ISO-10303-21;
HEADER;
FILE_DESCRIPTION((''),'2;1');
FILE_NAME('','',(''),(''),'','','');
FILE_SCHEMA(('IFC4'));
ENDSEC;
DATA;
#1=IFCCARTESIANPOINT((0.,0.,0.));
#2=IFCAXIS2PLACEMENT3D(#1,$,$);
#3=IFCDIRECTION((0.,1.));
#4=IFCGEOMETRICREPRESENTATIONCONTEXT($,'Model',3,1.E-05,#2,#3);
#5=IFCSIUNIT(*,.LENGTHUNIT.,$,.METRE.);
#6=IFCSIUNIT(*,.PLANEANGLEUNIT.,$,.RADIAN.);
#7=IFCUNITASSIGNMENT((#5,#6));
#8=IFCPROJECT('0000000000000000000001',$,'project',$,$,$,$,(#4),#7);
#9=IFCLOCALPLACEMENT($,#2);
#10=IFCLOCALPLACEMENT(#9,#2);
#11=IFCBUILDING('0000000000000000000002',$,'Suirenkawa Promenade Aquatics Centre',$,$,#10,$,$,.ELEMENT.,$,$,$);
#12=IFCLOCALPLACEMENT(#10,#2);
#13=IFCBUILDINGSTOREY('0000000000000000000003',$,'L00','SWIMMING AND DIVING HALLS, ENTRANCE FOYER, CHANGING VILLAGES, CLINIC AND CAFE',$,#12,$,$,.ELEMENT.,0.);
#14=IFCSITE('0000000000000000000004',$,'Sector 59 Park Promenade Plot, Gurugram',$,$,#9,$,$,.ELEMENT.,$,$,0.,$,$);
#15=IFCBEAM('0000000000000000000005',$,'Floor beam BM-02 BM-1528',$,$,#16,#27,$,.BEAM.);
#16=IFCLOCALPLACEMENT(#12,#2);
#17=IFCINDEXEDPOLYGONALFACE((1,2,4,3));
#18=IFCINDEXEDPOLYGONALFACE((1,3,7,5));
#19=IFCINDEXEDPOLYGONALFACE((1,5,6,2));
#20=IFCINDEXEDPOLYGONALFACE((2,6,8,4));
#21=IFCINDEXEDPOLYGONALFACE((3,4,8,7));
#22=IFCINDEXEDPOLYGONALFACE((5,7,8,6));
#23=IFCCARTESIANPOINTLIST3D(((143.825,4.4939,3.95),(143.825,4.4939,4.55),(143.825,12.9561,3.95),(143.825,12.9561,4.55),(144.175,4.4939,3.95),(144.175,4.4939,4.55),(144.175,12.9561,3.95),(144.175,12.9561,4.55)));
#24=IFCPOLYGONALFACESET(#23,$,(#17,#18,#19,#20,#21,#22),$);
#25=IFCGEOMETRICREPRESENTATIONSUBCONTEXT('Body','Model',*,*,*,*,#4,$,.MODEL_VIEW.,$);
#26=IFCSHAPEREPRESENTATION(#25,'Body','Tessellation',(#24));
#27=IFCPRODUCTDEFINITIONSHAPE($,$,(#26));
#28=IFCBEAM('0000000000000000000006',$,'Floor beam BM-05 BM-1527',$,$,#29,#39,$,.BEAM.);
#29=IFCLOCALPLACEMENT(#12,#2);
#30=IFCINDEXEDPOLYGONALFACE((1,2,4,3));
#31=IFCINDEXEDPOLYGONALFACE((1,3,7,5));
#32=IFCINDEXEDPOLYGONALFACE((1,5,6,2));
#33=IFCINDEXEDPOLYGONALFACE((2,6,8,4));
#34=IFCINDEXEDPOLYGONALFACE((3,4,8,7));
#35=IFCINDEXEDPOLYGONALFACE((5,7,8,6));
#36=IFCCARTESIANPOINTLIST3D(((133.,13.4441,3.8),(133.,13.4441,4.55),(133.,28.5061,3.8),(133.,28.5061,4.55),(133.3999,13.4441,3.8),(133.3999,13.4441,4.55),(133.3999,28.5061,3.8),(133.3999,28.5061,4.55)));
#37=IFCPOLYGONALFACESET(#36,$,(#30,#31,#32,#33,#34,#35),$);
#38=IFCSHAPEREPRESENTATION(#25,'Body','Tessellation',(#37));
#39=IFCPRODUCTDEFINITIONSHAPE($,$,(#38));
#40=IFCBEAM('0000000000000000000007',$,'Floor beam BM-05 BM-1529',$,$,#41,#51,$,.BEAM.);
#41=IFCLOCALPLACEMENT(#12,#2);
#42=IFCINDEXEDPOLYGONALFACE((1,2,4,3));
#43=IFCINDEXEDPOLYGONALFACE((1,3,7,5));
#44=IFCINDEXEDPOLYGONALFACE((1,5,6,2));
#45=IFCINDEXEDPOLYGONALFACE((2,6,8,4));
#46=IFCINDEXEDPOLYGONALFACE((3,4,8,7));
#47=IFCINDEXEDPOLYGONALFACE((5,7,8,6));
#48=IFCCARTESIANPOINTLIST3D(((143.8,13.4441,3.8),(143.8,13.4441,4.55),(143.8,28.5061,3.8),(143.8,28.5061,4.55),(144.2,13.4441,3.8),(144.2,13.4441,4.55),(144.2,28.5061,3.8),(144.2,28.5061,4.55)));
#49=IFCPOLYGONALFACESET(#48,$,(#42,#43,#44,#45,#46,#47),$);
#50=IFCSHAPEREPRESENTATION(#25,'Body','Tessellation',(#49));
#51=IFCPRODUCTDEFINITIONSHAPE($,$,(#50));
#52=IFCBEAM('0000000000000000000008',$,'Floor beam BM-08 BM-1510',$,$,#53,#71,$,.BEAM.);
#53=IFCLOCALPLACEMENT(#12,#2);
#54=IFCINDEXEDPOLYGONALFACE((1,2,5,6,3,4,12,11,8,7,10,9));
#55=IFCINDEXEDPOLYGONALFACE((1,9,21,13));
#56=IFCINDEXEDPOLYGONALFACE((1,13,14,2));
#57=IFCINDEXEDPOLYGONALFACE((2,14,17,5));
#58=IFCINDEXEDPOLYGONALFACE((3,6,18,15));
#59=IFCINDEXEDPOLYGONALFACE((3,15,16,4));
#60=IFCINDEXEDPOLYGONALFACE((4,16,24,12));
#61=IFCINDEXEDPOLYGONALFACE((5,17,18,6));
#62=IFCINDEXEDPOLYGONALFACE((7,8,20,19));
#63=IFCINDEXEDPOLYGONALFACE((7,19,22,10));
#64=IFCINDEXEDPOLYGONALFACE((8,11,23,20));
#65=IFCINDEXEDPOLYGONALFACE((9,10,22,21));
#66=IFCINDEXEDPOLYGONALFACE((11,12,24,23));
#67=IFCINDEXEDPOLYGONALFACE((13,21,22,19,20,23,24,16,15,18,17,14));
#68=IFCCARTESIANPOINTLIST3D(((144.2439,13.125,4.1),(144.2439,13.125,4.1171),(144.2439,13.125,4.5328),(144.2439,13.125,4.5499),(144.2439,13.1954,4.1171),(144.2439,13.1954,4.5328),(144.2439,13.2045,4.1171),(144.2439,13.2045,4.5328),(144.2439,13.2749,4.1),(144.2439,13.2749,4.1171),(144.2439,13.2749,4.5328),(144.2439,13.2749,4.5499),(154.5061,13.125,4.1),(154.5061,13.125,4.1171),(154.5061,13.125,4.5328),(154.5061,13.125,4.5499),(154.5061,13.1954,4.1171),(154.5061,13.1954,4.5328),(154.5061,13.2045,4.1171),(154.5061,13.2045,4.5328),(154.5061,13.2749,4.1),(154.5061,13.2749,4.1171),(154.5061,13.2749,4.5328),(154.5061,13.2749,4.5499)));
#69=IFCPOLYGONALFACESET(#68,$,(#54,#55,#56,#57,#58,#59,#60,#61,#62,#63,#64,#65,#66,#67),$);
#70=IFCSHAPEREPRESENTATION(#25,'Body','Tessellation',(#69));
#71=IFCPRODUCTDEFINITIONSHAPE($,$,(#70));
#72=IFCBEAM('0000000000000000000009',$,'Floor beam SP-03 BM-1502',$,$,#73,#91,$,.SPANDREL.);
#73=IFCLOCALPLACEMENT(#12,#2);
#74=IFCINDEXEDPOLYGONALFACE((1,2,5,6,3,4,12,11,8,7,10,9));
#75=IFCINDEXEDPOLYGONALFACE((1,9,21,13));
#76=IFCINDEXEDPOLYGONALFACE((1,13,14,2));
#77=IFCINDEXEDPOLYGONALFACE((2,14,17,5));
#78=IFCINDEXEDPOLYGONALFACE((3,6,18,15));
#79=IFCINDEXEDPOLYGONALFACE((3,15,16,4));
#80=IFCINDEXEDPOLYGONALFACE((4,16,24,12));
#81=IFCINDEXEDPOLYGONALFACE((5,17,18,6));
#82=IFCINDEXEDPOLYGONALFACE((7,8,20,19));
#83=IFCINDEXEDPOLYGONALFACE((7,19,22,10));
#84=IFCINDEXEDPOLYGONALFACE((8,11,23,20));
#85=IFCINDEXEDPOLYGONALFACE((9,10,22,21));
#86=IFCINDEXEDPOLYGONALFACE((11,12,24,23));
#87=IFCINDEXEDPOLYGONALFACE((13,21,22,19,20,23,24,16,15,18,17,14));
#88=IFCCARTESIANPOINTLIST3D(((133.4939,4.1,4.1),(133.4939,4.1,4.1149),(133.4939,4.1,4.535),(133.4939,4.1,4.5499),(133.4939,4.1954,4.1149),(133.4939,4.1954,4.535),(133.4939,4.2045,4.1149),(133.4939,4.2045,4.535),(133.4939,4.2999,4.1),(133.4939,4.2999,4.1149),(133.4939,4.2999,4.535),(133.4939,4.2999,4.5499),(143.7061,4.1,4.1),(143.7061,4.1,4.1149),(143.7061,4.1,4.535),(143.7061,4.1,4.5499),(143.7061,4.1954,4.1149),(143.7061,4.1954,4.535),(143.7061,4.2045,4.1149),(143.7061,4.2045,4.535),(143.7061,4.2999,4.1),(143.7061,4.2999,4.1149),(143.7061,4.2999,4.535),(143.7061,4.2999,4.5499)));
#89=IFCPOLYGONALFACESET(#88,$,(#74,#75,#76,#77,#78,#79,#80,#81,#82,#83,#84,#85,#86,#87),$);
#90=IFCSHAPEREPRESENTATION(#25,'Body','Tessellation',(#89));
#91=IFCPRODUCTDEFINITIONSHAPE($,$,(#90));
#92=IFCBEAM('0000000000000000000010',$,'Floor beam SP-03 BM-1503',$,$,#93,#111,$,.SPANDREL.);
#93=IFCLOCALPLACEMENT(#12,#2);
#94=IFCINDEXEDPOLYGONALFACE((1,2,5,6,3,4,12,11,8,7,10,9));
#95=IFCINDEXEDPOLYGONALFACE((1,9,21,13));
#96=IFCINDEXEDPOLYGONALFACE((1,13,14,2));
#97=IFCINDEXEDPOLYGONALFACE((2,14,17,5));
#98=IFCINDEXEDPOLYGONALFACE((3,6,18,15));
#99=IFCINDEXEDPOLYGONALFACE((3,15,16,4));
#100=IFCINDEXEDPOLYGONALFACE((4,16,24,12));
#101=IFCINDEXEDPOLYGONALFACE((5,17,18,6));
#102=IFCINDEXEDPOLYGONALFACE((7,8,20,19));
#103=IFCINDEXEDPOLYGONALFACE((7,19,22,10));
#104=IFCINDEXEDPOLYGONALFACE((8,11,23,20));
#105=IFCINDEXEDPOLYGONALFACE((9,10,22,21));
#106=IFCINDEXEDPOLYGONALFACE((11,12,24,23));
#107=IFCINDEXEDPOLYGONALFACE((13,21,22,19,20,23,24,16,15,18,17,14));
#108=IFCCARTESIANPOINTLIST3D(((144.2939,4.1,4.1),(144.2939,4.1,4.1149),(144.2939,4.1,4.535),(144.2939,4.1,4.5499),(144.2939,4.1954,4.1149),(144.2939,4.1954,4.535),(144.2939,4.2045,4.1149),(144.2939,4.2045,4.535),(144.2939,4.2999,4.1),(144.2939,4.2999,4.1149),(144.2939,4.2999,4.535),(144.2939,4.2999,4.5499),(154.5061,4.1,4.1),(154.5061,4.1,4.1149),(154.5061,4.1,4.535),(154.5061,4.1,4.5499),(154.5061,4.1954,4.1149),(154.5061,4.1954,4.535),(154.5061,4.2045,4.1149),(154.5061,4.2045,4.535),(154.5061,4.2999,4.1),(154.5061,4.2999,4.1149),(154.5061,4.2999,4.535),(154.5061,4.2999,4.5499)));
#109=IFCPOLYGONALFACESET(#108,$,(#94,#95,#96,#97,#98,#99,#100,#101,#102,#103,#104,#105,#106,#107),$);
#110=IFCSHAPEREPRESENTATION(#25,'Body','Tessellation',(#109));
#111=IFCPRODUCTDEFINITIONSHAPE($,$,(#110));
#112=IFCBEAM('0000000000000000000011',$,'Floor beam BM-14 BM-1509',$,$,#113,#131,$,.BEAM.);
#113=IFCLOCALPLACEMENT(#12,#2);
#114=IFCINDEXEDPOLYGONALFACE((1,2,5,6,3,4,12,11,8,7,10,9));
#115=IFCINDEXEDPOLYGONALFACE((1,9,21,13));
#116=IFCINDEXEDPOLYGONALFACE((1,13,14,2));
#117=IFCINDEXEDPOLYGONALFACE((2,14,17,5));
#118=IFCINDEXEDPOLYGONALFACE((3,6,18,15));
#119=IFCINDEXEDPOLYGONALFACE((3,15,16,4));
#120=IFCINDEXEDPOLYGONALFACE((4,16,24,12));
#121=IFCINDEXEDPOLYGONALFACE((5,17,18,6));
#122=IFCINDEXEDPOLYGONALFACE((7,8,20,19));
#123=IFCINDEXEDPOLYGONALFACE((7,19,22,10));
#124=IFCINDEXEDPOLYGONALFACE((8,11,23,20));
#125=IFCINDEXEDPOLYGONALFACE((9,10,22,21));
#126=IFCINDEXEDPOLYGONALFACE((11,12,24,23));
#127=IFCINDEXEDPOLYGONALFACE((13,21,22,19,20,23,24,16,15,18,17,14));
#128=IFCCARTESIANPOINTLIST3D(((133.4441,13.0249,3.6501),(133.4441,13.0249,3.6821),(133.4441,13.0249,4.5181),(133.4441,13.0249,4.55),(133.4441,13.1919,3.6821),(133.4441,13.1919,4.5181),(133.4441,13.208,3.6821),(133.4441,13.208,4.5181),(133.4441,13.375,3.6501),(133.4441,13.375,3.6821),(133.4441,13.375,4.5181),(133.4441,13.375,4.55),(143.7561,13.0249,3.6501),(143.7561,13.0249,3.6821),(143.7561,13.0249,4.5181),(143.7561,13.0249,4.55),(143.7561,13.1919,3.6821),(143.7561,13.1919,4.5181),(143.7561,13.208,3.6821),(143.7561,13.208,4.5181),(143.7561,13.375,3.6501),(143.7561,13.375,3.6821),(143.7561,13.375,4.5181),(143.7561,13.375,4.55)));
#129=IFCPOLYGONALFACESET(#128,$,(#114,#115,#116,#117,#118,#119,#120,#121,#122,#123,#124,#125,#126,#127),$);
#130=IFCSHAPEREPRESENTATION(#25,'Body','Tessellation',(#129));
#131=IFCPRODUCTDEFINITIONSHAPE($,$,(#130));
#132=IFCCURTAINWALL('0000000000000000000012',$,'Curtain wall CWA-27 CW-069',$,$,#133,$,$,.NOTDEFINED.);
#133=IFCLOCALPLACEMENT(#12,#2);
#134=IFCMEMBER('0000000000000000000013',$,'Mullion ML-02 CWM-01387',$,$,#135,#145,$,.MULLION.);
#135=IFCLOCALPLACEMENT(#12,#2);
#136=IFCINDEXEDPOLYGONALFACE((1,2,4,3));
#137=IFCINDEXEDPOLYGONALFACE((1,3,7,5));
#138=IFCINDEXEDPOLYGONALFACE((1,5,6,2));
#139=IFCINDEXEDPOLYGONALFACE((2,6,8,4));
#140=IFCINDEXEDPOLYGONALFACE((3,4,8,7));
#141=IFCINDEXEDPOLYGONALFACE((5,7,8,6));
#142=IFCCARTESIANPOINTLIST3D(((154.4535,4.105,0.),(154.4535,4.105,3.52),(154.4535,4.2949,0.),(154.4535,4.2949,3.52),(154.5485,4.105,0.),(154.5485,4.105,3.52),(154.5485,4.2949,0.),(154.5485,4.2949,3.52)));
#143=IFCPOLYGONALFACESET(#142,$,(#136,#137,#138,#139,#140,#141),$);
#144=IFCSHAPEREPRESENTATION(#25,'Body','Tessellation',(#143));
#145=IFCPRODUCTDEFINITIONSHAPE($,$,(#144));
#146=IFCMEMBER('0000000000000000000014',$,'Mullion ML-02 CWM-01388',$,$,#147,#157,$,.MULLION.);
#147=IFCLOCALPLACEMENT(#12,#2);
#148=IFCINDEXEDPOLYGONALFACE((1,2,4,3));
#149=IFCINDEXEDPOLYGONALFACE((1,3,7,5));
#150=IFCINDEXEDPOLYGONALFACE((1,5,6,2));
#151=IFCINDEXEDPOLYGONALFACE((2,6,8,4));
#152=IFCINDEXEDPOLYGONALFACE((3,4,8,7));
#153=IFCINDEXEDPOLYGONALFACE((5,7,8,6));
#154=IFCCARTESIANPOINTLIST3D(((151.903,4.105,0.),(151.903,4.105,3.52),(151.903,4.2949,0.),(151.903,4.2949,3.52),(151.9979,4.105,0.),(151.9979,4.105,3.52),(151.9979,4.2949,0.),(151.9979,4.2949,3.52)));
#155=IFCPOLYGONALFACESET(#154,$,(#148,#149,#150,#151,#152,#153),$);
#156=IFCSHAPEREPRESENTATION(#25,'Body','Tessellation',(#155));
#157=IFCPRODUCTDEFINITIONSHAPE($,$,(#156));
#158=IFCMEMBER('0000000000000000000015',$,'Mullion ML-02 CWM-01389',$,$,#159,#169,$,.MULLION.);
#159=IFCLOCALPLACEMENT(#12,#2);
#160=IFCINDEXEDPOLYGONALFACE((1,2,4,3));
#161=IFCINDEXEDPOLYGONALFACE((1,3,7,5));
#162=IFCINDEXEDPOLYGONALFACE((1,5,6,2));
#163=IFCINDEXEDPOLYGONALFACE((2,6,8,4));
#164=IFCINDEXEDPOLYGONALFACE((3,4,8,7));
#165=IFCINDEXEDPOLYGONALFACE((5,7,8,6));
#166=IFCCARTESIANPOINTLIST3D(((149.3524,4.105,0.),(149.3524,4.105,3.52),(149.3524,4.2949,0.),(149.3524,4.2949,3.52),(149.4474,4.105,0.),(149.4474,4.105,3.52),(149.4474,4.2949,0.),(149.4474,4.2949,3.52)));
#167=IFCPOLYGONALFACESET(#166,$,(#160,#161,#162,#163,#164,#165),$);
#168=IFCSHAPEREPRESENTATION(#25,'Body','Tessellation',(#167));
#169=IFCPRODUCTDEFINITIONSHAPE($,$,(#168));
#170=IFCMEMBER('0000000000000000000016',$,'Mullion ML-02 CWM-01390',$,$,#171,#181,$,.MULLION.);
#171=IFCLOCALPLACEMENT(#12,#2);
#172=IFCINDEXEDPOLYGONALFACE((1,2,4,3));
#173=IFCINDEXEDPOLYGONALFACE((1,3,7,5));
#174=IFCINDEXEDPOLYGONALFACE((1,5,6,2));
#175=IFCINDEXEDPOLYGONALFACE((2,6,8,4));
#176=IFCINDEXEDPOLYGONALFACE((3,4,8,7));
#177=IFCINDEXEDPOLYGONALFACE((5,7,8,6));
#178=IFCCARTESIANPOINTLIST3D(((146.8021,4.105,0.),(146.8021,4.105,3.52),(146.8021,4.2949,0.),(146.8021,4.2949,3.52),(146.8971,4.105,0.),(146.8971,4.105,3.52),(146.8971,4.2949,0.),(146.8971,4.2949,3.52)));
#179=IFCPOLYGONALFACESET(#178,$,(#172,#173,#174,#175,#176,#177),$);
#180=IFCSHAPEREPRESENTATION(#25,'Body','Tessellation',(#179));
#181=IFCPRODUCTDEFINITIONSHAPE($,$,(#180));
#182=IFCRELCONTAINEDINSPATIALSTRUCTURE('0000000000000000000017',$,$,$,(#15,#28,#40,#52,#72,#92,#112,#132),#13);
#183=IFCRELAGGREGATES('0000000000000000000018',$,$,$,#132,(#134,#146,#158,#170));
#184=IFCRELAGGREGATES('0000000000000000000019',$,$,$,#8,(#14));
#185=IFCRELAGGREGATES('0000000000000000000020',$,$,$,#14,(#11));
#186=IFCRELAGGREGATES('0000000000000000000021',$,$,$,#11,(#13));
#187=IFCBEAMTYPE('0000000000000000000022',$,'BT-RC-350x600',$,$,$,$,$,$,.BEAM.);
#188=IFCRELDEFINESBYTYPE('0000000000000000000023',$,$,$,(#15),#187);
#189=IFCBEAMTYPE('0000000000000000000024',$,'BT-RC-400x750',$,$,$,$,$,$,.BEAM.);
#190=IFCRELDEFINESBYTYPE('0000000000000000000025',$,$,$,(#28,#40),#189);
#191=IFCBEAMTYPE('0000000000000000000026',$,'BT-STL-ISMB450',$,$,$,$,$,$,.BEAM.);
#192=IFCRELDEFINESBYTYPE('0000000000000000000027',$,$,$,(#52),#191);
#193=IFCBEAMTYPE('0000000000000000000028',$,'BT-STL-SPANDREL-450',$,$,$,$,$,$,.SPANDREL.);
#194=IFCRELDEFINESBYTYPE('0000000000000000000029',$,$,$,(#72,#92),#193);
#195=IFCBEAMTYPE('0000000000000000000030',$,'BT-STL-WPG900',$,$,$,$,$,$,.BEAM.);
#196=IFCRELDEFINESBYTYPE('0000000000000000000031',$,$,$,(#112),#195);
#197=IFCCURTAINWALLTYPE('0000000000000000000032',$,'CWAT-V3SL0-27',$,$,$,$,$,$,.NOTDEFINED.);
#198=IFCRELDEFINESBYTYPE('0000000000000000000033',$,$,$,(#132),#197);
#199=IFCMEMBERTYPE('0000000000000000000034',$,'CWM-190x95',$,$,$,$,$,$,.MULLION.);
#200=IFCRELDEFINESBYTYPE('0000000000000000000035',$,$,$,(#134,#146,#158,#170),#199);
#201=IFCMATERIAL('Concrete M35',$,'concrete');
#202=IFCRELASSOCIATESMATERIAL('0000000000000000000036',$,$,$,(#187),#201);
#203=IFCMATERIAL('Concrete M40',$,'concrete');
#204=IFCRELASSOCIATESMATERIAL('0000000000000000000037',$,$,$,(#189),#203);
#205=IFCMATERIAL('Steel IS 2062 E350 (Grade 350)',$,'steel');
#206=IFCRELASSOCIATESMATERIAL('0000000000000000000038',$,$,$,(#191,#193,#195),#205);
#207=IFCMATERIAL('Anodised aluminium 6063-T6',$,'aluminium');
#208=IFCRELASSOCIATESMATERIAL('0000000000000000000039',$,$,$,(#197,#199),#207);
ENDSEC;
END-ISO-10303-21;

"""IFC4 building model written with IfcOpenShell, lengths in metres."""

from ifc_helpers import new_model, si_unit, direction, frame, origin, origin_2d, place, context, subcontext, project, spatial, rectangle, i_section, extrude, material, material_profile, profile_set, type_object, element, aggregate, save


model = new_model("IFC4")

# Units and contexts
model_context = context("Model", 3, precision=1e-05, world=origin(), true_north=direction((0.0, 1.0)))
body_context = subcontext(model_context, "Body", "Model", "MODEL_VIEW")
ifc_project = project(units=[si_unit("LENGTHUNIT", "METRE"), si_unit("PLANEANGLEUNIT", "RADIAN")], contexts=[model_context])

# Site, building, storey
site_placement = place(None, origin())
site = spatial("IfcSite", under=ifc_project, at=site_placement, Name="Sector 59 Park Promenade Plot, Gurugram", CompositionType="ELEMENT", RefElevation=0.0)
building_placement = place(site_placement, origin())
building = spatial("IfcBuilding", under=site, at=building_placement, Name="Suirenkawa Promenade Aquatics Centre", CompositionType="ELEMENT")
storey_placement = place(building_placement, origin())
storey = spatial("IfcBuildingStorey", under=building, at=storey_placement, Name="L00", Description="SWIMMING AND DIVING HALLS, ENTRANCE FOYER, CHANGING VILLAGES, CLINIC AND CAFE", CompositionType="ELEMENT", Elevation=0.0)

# Shared definitions
ifc_material_1 = material(Name="Concrete M40", Category="concrete")

# Beams
ifc_material_2 = material(Name="Steel IS 2062 E350 (Grade 350)", Category="steel")
ifc_material_3 = material(Name="Concrete M35", Category="concrete")
ifc_material_profile_1 = material_profile(ifc_material_3, rectangle(XDim=0.3501, YDim=0.6001, at=origin_2d()), Name="RC BM 350x600", Category="concrete")
ifc_profile_set_1 = profile_set([ifc_material_profile_1], Name="Concrete M35")
beam_type_1 = type_object("IfcBeamType", Name="BT-RC-350x600", PredefinedType="BEAM", material=ifc_profile_set_1)
for number, where, z_axis, x_axis, name in (
    (1, (144.0, 4.4939, 4.25), (0.0, 1.0, 0.0), (-1.0, 0.0, 0.0), "Floor beam BM-02 BM-1528"),
):
    element("IfcBeam", number, at=place(storey_placement, frame(where, z_axis=z_axis, x_axis=x_axis)), inside=storey, type_object=beam_type_1, Name=name, PredefinedType="BEAM", context=body_context, shape_type="SweptSolid", body=[
        extrude(rectangle(XDim=0.3501, YDim=0.6001, at=origin_2d()), origin(), (0.0, 0.0, 1.0), 8.4622),
    ])
ifc_material_profile_2 = material_profile(ifc_material_1, rectangle(XDim=0.3999, YDim=0.75, at=origin_2d()), Name="RC BM 400x750", Category="concrete")
ifc_profile_set_2 = profile_set([ifc_material_profile_2], Name="Concrete M40")
beam_type_2 = type_object("IfcBeamType", Name="BT-RC-400x750", PredefinedType="BEAM", material=ifc_profile_set_2)
for number, where, z_axis, x_axis, name in (
    (2, (133.2, 13.4441, 4.175), (0.0, 1.0, 0.0), (-1.0, 0.0, 0.0), "Floor beam BM-05 BM-1527"),
    (3, (144.0, 13.4441, 4.175), (0.0, 1.0, 0.0), (-1.0, 0.0, 0.0), "Floor beam BM-05 BM-1529"),
):
    element("IfcBeam", number, at=place(storey_placement, frame(where, z_axis=z_axis, x_axis=x_axis)), inside=storey, type_object=beam_type_2, Name=name, PredefinedType="BEAM", context=body_context, shape_type="SweptSolid", body=[
        extrude(rectangle(XDim=0.3999, YDim=0.75, at=origin_2d()), origin(), (0.0, 0.0, 1.0), 15.062),
    ])
ifc_material_profile_3 = material_profile(ifc_material_2, i_section(OverallWidth=0.1499, OverallDepth=0.45, WebThickness=0.009, FlangeThickness=0.0171, at=origin_2d()), Name="ISMB 450", Category="steel")
ifc_profile_set_3 = profile_set([ifc_material_profile_3], Name="Steel IS 2062 E350 (Grade 350)")
beam_type_3 = type_object("IfcBeamType", Name="BT-STL-ISMB450", PredefinedType="BEAM", material=ifc_profile_set_3)
beam_1_placement = place(storey_placement, frame((144.2439, 13.2, 4.325), z_axis=(1.0, 0.0, 0.0), x_axis=(0.0, 1.0, 0.0)))
element("IfcBeam", 4, at=beam_1_placement, inside=storey, type_object=beam_type_3, Name="Floor beam BM-08 BM-1510", PredefinedType="BEAM", context=body_context, shape_type="SweptSolid", body=[
    extrude(i_section(OverallWidth=0.1499, OverallDepth=0.45, WebThickness=0.009, FlangeThickness=0.0171, at=origin_2d()), origin(), (0.0, 0.0, 1.0), 10.2622),
])
ifc_material_profile_4 = material_profile(ifc_material_2, i_section(OverallWidth=0.2, OverallDepth=0.45, WebThickness=0.009, FlangeThickness=0.0149, at=origin_2d()), Name="ISWB 450", Category="steel")
ifc_profile_set_4 = profile_set([ifc_material_profile_4], Name="Steel IS 2062 E350 (Grade 350)")
beam_type_4 = type_object("IfcBeamType", Name="BT-STL-SPANDREL-450", PredefinedType="SPANDREL", material=ifc_profile_set_4)
for number, where, z_axis, x_axis, name in (
    (5, (133.4939, 4.2, 4.325), (1.0, 0.0, 0.0), (0.0, 1.0, 0.0), "Floor beam SP-03 BM-1502"),
    (6, (144.2939, 4.2, 4.325), (1.0, 0.0, 0.0), (0.0, 1.0, 0.0), "Floor beam SP-03 BM-1503"),
):
    element("IfcBeam", number, at=place(storey_placement, frame(where, z_axis=z_axis, x_axis=x_axis)), inside=storey, type_object=beam_type_4, Name=name, PredefinedType="SPANDREL", context=body_context, shape_type="SweptSolid", body=[
        extrude(i_section(OverallWidth=0.2, OverallDepth=0.45, WebThickness=0.009, FlangeThickness=0.0149, at=origin_2d()), origin(), (0.0, 0.0, 1.0), 10.2122),
    ])
ifc_material_profile_5 = material_profile(ifc_material_2, i_section(OverallWidth=0.3501, OverallDepth=0.8999, WebThickness=0.0161, FlangeThickness=0.032, at=origin_2d()), Name="WPG 900x350", Category="steel")
ifc_profile_set_5 = profile_set([ifc_material_profile_5], Name="Steel IS 2062 E350 (Grade 350)")
beam_type_5 = type_object("IfcBeamType", Name="BT-STL-WPG900", PredefinedType="BEAM", material=ifc_profile_set_5)
beam_2_placement = place(storey_placement, frame((133.4441, 13.2, 4.1001), z_axis=(1.0, 0.0, 0.0), x_axis=(0.0, 1.0, 0.0)))
element("IfcBeam", 7, at=beam_2_placement, inside=storey, type_object=beam_type_5, Name="Floor beam BM-14 BM-1509", PredefinedType="BEAM", context=body_context, shape_type="SweptSolid", body=[
    extrude(i_section(OverallWidth=0.3501, OverallDepth=0.8999, WebThickness=0.0161, FlangeThickness=0.032, at=origin_2d()), origin(), (0.0, 0.0, 1.0), 10.312),
])

# Curtain wall, members
ifc_material_4 = material(Name="Anodised aluminium 6063-T6", Category="aluminium")
curtain_wall_type = type_object("IfcCurtainWallType", Name="CWAT-V3SL0-27", PredefinedType="NOTDEFINED", material=ifc_material_4)
curtain_wall_placement = place(storey_placement, origin())
curtain_wall = element("IfcCurtainWall", 8, at=curtain_wall_placement, inside=storey, type_object=curtain_wall_type, Name="Curtain wall CWA-27 CW-069", PredefinedType="NOTDEFINED")
ifc_material_profile_6 = material_profile(ifc_material_4, rectangle(XDim=0.095, YDim=0.1899, at=origin_2d()), Name="ALU MULL 95x190", Category="aluminium")
ifc_profile_set_6 = profile_set([ifc_material_profile_6], Name="Anodised aluminium 6063-T6")
member_type_1 = type_object("IfcMemberType", Name="CWM-190x95", PredefinedType="MULLION", material=ifc_profile_set_6)
member_1_placement = place(storey_placement, frame((154.501, 4.2, 0.0), z_axis=(0.0, 0.0, 1.0), x_axis=(-1.0, 0.0, 0.0)))
member_1 = element("IfcMember", 9, at=member_1_placement, type_object=member_type_1, Name="Mullion ML-02 CWM-01387", PredefinedType="MULLION", context=body_context, shape_type="SweptSolid", body=[
    extrude(rectangle(XDim=0.095, YDim=0.1899, at=origin_2d()), origin(), (0.0, 0.0, 1.0), 3.52),
])
member_2_placement = place(storey_placement, frame((151.9504, 4.2, 0.0), z_axis=(0.0, 0.0, 1.0), x_axis=(-1.0, 0.0, 0.0)))
member_2 = element("IfcMember", 10, at=member_2_placement, type_object=member_type_1, Name="Mullion ML-02 CWM-01388", PredefinedType="MULLION", context=body_context, shape_type="SweptSolid", body=[
    extrude(rectangle(XDim=0.095, YDim=0.1899, at=origin_2d()), origin(), (0.0, 0.0, 1.0), 3.52),
])
member_3_placement = place(storey_placement, frame((149.3999, 4.2, 0.0), z_axis=(0.0, 0.0, 1.0), x_axis=(-1.0, 0.0, 0.0)))
member_3 = element("IfcMember", 11, at=member_3_placement, type_object=member_type_1, Name="Mullion ML-02 CWM-01389", PredefinedType="MULLION", context=body_context, shape_type="SweptSolid", body=[
    extrude(rectangle(XDim=0.095, YDim=0.1899, at=origin_2d()), origin(), (0.0, 0.0, 1.0), 3.52),
])
member_4_placement = place(storey_placement, frame((146.8496, 4.2, 0.0), z_axis=(0.0, 0.0, 1.0), x_axis=(-1.0, 0.0, 0.0)))
member_4 = element("IfcMember", 12, at=member_4_placement, type_object=member_type_1, Name="Mullion ML-02 CWM-01390", PredefinedType="MULLION", context=body_context, shape_type="SweptSolid", body=[
    extrude(rectangle(XDim=0.095, YDim=0.1899, at=origin_2d()), origin(), (0.0, 0.0, 1.0), 3.52),
])
aggregate(curtain_wall, [member_1, member_2, member_3, member_4])

save(model, "model.ifc")
